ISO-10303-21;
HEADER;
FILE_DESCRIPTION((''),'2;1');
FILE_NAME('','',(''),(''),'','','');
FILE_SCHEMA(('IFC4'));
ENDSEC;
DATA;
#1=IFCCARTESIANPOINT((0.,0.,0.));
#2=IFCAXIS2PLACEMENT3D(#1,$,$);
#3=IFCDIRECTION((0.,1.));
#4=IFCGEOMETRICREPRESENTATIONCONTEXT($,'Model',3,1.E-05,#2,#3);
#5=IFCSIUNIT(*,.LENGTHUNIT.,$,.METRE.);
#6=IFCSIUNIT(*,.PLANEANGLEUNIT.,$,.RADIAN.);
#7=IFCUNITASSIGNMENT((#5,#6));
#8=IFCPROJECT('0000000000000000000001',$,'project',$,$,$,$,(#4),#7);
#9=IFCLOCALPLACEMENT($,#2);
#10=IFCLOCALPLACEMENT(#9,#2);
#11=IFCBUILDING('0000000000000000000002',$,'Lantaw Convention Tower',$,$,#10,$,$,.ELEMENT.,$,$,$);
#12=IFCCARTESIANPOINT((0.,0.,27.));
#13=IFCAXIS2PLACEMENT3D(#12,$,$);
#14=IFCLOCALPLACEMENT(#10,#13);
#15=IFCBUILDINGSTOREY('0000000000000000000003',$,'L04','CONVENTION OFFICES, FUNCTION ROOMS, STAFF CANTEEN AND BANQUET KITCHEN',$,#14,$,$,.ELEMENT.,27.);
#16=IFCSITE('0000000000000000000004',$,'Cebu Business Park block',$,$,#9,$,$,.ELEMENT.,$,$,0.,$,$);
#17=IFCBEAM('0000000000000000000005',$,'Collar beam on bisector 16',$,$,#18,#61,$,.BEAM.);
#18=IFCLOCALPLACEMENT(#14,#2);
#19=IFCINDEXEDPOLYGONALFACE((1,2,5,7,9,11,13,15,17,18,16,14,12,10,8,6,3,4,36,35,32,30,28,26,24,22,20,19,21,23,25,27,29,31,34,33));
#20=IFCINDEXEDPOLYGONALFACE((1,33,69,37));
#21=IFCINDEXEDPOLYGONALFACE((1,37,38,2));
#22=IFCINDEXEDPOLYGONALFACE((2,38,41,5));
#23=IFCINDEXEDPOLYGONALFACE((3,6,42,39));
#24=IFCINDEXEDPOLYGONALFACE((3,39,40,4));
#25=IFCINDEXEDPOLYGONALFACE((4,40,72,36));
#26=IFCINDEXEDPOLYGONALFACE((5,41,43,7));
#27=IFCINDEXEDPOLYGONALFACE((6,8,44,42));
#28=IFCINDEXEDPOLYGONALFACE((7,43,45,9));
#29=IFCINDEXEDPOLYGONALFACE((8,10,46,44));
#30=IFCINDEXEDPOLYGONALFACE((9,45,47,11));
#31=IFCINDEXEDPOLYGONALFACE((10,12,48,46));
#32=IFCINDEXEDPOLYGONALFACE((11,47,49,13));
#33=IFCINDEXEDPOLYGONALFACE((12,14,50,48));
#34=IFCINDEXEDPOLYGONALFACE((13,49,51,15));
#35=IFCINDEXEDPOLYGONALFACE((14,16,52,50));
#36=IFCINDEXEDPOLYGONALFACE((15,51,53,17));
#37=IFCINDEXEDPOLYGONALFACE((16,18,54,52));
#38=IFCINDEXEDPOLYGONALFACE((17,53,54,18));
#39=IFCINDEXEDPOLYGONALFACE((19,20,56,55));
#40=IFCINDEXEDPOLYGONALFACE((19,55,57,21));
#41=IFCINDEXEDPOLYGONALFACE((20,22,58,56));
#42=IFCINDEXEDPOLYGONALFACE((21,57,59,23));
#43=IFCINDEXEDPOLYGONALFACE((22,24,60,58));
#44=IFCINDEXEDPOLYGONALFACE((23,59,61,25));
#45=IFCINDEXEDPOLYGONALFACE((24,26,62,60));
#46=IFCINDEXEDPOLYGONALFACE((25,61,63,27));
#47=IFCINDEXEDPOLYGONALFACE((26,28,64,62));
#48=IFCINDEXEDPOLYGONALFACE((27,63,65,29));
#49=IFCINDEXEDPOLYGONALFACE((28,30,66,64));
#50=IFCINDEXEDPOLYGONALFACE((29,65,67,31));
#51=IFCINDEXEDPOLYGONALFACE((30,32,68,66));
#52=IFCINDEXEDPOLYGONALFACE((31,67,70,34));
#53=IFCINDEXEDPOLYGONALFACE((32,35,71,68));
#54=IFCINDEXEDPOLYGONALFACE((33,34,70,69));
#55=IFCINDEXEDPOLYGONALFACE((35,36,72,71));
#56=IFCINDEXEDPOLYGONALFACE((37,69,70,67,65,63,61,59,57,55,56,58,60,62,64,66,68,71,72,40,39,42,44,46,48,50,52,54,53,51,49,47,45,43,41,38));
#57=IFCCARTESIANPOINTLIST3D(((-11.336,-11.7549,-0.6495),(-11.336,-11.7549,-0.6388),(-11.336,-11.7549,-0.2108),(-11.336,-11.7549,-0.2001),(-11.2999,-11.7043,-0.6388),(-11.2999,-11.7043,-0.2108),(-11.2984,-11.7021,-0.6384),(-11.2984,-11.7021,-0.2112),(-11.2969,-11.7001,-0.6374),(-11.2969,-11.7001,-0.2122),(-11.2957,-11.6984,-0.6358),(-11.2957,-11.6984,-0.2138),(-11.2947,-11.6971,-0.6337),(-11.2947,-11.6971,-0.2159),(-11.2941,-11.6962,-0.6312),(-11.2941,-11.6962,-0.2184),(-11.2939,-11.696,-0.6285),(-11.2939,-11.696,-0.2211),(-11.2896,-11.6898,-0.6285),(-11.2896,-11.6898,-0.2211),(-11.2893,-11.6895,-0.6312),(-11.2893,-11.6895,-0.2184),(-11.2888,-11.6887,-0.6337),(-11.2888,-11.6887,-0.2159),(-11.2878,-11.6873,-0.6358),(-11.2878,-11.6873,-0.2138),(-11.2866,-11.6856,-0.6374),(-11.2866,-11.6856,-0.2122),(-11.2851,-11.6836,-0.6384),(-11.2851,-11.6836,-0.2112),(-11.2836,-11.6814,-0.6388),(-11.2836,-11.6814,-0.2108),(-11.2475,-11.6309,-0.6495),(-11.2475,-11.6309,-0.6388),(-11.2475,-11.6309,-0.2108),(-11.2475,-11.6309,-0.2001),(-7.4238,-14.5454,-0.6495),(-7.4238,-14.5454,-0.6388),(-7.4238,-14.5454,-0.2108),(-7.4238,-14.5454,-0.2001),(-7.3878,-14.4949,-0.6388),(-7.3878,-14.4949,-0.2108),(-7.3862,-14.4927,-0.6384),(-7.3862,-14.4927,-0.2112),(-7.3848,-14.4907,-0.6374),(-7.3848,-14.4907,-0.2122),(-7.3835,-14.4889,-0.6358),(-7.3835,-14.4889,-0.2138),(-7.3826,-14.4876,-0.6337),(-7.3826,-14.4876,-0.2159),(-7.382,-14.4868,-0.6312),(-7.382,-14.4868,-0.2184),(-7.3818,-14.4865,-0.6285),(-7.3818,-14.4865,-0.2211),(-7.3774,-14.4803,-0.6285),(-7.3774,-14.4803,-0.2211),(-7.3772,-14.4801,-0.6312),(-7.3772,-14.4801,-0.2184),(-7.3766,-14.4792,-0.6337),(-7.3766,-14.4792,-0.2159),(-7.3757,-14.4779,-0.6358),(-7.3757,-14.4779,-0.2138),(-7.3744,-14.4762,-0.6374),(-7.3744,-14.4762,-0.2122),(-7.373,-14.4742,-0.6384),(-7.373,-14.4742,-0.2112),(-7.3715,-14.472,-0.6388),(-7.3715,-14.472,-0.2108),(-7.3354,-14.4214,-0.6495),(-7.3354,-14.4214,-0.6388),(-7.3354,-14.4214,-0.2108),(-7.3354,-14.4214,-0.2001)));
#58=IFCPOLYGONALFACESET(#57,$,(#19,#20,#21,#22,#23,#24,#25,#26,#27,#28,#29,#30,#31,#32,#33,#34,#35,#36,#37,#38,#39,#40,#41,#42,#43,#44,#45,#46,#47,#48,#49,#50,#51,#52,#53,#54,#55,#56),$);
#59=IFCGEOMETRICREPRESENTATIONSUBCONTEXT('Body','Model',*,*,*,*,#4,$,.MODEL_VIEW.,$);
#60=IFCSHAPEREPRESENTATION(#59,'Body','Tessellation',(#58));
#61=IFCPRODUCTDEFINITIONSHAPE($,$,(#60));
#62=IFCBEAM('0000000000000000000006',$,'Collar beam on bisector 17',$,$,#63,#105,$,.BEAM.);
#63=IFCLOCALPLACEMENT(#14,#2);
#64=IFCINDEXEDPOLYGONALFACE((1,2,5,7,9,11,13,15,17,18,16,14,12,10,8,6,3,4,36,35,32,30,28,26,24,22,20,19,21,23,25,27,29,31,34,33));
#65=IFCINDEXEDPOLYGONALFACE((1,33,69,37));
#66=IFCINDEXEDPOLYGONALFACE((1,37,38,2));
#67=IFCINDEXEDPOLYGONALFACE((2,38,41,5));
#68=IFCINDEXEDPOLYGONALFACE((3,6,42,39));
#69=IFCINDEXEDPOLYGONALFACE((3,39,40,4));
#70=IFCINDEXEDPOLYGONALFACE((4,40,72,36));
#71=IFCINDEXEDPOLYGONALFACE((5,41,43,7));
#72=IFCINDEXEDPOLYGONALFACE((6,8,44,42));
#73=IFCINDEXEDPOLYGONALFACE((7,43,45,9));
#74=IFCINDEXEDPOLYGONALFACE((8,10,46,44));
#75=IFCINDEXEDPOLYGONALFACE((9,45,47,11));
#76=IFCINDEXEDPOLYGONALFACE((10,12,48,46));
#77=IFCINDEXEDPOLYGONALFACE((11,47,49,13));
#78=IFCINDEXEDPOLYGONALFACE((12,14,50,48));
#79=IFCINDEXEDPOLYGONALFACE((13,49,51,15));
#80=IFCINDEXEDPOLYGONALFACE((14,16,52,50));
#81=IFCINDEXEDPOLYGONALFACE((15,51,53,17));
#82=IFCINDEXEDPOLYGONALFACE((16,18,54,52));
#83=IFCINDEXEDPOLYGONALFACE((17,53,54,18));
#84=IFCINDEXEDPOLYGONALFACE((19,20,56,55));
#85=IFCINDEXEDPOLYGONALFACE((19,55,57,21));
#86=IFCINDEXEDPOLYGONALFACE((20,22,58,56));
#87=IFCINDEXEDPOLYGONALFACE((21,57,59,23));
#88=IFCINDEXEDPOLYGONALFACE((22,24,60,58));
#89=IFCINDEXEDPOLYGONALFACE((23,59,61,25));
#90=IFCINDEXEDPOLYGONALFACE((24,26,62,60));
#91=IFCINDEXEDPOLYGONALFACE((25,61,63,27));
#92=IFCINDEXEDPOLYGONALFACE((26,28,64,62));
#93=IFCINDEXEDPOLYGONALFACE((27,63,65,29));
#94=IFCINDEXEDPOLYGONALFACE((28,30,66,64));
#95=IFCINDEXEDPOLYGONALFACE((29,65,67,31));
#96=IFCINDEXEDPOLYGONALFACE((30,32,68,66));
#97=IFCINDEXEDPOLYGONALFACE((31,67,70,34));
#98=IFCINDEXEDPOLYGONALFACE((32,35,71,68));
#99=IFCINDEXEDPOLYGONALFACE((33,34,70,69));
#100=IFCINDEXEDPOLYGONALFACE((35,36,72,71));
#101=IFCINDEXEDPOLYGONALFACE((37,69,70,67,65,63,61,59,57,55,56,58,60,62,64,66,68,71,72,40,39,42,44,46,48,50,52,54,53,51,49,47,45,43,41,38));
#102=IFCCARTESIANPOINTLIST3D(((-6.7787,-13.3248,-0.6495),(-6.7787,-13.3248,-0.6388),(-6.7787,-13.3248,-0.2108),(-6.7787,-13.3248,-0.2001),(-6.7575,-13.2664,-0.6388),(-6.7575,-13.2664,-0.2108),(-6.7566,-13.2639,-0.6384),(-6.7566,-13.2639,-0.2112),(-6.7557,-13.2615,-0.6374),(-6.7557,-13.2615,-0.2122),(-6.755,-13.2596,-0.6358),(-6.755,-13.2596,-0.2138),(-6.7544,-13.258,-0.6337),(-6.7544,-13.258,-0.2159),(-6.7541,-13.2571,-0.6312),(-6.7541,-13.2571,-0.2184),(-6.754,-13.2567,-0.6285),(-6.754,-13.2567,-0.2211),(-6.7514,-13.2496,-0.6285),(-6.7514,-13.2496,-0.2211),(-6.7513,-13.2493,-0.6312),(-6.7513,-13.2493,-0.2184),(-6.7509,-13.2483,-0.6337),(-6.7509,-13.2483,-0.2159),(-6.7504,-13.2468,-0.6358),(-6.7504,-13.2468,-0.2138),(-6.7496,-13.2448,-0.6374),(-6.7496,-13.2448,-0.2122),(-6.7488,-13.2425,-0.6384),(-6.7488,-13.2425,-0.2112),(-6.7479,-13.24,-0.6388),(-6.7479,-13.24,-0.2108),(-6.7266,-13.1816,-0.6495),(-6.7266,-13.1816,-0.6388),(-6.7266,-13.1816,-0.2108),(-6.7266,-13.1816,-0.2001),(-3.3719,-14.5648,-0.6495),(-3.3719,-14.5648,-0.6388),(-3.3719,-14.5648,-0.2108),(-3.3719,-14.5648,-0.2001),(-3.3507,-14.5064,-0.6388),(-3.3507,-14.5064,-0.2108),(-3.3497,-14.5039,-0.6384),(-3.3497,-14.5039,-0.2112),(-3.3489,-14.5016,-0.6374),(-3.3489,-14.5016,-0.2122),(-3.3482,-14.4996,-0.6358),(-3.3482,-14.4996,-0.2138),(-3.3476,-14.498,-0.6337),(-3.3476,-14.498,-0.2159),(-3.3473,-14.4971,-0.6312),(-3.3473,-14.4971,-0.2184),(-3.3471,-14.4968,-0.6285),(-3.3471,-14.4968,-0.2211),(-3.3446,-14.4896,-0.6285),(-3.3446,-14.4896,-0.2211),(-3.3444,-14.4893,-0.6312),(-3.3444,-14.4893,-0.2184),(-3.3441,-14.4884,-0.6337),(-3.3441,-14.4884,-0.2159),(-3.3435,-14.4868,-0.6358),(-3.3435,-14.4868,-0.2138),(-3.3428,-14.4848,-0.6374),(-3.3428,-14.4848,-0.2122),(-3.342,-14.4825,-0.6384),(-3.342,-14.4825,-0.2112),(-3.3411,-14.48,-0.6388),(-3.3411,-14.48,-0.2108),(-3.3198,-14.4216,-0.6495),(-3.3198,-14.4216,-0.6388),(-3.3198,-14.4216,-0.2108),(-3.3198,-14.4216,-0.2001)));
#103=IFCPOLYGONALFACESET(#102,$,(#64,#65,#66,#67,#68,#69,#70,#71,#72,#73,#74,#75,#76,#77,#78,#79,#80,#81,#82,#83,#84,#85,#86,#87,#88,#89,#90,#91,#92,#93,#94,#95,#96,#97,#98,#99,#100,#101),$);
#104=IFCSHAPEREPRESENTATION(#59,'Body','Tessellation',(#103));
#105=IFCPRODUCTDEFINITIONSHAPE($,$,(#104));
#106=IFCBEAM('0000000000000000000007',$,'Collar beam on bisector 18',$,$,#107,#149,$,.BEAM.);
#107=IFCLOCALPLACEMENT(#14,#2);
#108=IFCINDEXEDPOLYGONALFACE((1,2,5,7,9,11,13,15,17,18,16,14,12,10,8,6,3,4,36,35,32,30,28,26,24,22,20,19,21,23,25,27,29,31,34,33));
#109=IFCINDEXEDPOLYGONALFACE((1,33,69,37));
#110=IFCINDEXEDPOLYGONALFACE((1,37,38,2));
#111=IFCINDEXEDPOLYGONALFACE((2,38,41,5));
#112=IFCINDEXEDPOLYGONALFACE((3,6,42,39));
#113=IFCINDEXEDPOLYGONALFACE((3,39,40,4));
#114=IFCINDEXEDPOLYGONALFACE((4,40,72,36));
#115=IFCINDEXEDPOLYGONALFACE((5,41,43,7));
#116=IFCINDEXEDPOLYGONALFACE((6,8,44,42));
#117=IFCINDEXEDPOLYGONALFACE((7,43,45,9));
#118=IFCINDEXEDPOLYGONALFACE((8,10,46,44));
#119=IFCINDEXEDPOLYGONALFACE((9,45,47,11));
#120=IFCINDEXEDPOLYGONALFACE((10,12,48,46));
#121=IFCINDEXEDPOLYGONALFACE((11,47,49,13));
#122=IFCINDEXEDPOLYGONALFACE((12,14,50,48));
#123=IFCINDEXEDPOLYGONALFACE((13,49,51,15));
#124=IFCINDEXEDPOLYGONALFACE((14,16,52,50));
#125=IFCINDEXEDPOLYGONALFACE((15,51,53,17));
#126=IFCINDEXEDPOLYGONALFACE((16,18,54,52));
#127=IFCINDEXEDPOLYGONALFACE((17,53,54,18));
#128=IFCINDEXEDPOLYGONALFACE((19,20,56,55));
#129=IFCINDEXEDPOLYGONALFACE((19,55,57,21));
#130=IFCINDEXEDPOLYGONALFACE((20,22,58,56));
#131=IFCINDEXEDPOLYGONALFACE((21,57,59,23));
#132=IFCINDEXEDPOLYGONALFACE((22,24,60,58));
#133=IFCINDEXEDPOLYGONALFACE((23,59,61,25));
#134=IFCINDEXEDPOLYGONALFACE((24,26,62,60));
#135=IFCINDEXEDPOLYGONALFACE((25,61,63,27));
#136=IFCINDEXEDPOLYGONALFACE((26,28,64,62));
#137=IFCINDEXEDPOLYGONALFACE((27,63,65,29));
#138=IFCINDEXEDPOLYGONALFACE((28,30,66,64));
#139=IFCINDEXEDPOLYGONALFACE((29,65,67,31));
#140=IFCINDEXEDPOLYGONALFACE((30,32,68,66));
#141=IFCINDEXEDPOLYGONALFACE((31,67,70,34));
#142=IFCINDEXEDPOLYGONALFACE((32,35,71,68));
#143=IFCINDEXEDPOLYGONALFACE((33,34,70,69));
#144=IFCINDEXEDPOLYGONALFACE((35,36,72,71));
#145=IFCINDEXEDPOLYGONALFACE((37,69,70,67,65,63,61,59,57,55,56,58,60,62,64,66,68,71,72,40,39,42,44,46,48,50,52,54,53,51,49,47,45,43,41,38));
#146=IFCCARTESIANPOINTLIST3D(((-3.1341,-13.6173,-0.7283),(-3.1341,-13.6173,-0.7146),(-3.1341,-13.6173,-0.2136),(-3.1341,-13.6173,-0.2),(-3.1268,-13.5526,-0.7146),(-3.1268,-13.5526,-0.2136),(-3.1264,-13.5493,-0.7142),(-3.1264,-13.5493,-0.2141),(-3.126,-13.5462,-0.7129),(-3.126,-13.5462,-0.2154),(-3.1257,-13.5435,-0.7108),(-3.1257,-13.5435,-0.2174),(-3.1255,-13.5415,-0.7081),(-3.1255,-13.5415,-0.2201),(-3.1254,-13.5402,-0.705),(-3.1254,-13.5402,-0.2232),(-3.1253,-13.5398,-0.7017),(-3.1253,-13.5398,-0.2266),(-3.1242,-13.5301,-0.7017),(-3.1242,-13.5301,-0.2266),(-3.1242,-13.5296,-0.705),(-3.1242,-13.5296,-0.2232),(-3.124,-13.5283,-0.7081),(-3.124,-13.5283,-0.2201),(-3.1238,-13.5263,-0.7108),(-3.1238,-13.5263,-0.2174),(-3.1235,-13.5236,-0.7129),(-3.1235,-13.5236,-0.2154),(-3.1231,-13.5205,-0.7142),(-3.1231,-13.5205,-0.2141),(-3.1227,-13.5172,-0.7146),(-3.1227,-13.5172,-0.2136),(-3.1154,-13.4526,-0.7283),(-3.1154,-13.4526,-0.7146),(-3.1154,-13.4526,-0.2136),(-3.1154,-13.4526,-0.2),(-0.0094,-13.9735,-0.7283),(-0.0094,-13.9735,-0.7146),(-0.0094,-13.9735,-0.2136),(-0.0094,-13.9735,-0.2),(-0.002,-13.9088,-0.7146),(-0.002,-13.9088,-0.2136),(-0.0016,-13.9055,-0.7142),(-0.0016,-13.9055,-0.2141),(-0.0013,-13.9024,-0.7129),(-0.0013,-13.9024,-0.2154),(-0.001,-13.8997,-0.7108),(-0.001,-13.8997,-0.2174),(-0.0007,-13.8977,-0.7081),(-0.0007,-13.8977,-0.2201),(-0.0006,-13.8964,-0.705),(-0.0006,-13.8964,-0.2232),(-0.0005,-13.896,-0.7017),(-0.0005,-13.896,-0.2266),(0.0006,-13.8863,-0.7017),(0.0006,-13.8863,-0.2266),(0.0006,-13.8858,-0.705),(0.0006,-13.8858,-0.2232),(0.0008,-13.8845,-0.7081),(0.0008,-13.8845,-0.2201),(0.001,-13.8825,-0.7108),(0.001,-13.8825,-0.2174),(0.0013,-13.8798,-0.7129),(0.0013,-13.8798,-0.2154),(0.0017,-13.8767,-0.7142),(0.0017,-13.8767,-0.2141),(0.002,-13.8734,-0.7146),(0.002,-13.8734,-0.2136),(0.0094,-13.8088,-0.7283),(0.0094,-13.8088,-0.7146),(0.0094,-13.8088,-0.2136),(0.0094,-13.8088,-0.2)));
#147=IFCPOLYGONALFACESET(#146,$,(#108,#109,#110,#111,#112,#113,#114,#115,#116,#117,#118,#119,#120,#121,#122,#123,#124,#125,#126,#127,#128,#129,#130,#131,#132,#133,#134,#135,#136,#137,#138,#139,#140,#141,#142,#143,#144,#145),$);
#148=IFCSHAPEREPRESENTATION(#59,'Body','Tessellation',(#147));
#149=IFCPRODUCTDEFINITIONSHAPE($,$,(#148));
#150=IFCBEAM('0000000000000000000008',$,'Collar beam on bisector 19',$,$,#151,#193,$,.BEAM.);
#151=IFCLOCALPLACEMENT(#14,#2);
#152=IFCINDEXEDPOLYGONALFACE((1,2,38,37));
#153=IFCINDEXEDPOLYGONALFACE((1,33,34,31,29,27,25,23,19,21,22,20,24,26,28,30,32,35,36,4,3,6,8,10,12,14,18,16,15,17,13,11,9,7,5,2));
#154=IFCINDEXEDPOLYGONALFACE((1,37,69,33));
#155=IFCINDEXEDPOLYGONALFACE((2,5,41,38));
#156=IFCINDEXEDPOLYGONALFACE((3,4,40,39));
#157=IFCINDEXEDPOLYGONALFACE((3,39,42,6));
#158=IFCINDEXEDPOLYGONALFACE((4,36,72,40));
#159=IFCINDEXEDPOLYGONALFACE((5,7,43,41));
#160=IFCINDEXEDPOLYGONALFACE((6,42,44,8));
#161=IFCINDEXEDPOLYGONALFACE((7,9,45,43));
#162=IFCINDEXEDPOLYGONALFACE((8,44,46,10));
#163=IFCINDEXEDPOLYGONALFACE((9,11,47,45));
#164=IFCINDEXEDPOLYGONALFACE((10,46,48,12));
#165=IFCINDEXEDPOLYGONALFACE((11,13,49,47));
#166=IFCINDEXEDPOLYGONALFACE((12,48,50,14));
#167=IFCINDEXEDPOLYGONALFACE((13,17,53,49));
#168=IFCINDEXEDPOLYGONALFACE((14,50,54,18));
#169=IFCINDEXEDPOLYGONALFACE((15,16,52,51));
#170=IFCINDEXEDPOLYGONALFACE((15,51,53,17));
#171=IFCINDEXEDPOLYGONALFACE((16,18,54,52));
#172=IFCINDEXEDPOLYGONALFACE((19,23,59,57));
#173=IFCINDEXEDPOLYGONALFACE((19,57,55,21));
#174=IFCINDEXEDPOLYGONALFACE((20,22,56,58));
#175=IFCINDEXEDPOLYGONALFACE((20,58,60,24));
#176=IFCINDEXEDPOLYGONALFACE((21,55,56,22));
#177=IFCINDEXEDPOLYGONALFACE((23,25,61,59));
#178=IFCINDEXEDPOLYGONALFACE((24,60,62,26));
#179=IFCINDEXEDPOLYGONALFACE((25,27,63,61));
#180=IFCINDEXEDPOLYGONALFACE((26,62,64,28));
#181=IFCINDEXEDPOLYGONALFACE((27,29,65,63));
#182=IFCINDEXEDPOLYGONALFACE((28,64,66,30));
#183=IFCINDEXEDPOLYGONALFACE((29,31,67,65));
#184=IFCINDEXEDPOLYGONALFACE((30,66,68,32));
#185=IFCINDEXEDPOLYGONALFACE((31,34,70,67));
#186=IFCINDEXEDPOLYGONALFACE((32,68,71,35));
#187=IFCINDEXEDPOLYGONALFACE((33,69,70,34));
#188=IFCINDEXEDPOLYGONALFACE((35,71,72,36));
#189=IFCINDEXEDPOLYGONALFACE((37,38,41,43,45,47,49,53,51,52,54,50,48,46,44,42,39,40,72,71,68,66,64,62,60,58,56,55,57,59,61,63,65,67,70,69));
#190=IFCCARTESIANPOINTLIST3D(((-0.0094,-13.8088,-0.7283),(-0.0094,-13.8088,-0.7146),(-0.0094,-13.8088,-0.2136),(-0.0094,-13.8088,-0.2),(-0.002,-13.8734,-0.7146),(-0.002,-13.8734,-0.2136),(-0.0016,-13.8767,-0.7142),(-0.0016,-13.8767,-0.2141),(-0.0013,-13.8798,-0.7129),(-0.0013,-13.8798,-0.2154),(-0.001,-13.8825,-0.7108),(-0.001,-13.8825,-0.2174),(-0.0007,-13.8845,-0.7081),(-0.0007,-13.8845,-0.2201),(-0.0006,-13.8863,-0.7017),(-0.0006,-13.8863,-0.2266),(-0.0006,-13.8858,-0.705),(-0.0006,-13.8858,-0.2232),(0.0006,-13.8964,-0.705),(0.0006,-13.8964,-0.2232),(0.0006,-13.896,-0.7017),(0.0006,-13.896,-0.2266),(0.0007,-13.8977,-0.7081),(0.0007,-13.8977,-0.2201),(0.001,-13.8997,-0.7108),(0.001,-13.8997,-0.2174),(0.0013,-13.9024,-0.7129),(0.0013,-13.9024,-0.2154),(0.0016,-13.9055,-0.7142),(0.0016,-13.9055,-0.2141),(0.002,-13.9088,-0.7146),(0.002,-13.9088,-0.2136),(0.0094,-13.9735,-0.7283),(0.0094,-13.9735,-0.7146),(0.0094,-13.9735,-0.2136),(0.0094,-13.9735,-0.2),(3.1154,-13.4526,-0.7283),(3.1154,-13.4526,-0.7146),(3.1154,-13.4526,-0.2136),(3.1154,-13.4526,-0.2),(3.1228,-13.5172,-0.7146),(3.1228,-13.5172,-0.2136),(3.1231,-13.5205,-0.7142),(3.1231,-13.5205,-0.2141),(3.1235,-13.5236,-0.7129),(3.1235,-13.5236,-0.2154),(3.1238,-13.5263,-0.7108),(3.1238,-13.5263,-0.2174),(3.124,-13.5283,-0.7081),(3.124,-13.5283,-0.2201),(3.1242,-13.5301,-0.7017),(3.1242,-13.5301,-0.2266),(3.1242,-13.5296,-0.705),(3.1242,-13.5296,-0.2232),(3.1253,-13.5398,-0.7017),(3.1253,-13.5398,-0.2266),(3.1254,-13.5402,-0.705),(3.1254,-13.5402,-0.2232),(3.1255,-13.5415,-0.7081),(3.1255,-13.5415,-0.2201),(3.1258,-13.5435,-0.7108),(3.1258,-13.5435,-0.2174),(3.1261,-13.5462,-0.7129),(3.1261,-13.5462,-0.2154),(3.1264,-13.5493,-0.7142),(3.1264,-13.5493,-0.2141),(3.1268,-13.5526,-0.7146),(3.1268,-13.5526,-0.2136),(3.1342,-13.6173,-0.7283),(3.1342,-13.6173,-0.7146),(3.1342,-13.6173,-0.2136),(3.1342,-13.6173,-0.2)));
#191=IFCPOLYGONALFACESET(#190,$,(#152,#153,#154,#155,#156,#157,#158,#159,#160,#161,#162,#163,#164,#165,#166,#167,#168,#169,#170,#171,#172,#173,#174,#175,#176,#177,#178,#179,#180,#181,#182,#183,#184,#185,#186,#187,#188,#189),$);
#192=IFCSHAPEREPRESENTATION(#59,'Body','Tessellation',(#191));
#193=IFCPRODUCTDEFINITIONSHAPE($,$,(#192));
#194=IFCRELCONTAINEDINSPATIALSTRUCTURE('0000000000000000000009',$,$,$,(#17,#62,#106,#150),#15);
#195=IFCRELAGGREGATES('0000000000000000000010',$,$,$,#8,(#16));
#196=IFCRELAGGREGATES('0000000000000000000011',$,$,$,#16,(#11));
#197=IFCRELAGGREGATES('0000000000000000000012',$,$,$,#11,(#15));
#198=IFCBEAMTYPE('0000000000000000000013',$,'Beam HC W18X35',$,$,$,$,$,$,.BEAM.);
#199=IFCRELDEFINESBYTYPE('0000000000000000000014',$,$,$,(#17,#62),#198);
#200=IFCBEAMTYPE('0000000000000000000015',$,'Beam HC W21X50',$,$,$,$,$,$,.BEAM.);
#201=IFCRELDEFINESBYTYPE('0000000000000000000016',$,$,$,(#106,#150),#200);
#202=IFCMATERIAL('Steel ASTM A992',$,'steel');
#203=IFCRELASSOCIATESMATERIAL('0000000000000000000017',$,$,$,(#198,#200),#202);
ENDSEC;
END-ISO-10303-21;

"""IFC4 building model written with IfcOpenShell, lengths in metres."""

from ifc_helpers import new_model, si_unit, direction, frame, origin, origin_2d, place, context, subcontext, project, spatial, i_section, extrude, material, material_profile, profile_set, type_object, element, save


model = new_model("IFC4")

# Units and contexts
model_context = context("Model", 3, precision=1e-05, world=origin(), true_north=direction((0.0, 1.0)))
body_context = subcontext(model_context, "Body", "Model", "MODEL_VIEW")
ifc_project = project(units=[si_unit("LENGTHUNIT", "METRE"), si_unit("PLANEANGLEUNIT", "RADIAN")], contexts=[model_context])

# Site, building, storey
site_placement = place(None, origin())
site = spatial("IfcSite", under=ifc_project, at=site_placement, Name="Cebu Business Park block", CompositionType="ELEMENT", RefElevation=0.0)
building_placement = place(site_placement, origin())
building = spatial("IfcBuilding", under=site, at=building_placement, Name="Lantaw Convention Tower", CompositionType="ELEMENT")
storey_placement = place(building_placement, frame((0.0, 0.0, 27.0)))
storey = spatial("IfcBuildingStorey", under=building, at=storey_placement, Name="L04", Description="CONVENTION OFFICES, FUNCTION ROOMS, STAFF CANTEEN AND BANQUET KITCHEN", CompositionType="ELEMENT", Elevation=27.0)

# Beams
ifc_material_1 = material(Name="Steel ASTM A992", Category="steel")
ifc_material_profile_1 = material_profile(ifc_material_1, i_section(OverallWidth=0.1523, OverallDepth=0.4495, WebThickness=0.0076, FlangeThickness=0.0107, FilletRadius=0.0103, at=origin_2d()), Name="W18X35")
ifc_profile_set_1 = profile_set([ifc_material_profile_1], Name="Steel ASTM A992")
beam_type_1 = type_object("IfcBeamType", Name="Beam HC W18X35", PredefinedType="BEAM", material=ifc_profile_set_1)
beam_1_placement = place(storey_placement, frame((-11.2917, -11.6929, -0.4248), z_axis=(0.814111, -0.580709, 0.0), x_axis=(0.580709, 0.814111, 0.0)))
element("IfcBeam", 1, at=beam_1_placement, inside=storey, type_object=beam_type_1, Name="Collar beam on bisector 16", PredefinedType="BEAM", context=body_context, shape_type="SweptSolid", body=[
    extrude(i_section(OverallWidth=0.1523, OverallDepth=0.4495, WebThickness=0.0076, FlangeThickness=0.0107, FilletRadius=0.0103, at=origin_2d()), origin(), (0.0, 0.0, 1.0), 4.8054),
])
beam_2_placement = place(storey_placement, frame((-6.7527, -13.2532, -0.4248), z_axis=(0.939689, -0.34203, 0.0), x_axis=(0.34203, 0.939689, 0.0)))
element("IfcBeam", 2, at=beam_2_placement, inside=storey, type_object=beam_type_1, Name="Collar beam on bisector 17", PredefinedType="BEAM", context=body_context, shape_type="SweptSolid", body=[
    extrude(i_section(OverallWidth=0.1523, OverallDepth=0.4495, WebThickness=0.0076, FlangeThickness=0.0107, FilletRadius=0.0103, at=origin_2d()), origin(), (0.0, 0.0, 1.0), 3.6255),
])
ifc_material_profile_2 = material_profile(ifc_material_1, i_section(OverallWidth=0.1658, OverallDepth=0.5283, WebThickness=0.0098, FlangeThickness=0.0137, FilletRadius=0.0129, at=origin_2d()), Name="W21X50")
ifc_profile_set_2 = profile_set([ifc_material_profile_2], Name="Steel ASTM A992")
beam_type_2 = type_object("IfcBeamType", Name="Beam HC W21X50", PredefinedType="BEAM", material=ifc_profile_set_2)
for number, where, z_axis, x_axis, name in (
    (3, (-3.1248, -13.5349, -0.4641), (0.993565, -0.11326, 0.0), (0.11326, 0.993565, 0.0), "Collar beam on bisector 18"),
    (4, (0.0, -13.8911, -0.4641), (0.993565, 0.11326, 0.0), (-0.11326, 0.993565, 0.0), "Collar beam on bisector 19"),
):
    element("IfcBeam", number, at=place(storey_placement, frame(where, z_axis=z_axis, x_axis=x_axis)), inside=storey, type_object=beam_type_2, Name=name, PredefinedType="BEAM", context=body_context, shape_type="SweptSolid", body=[
        extrude(i_section(OverallWidth=0.1658, OverallDepth=0.5283, WebThickness=0.0098, FlangeThickness=0.0137, FilletRadius=0.0129, at=origin_2d()), origin(), (0.0, 0.0, 1.0), 3.145),
    ])

save(model, "model.ifc")
